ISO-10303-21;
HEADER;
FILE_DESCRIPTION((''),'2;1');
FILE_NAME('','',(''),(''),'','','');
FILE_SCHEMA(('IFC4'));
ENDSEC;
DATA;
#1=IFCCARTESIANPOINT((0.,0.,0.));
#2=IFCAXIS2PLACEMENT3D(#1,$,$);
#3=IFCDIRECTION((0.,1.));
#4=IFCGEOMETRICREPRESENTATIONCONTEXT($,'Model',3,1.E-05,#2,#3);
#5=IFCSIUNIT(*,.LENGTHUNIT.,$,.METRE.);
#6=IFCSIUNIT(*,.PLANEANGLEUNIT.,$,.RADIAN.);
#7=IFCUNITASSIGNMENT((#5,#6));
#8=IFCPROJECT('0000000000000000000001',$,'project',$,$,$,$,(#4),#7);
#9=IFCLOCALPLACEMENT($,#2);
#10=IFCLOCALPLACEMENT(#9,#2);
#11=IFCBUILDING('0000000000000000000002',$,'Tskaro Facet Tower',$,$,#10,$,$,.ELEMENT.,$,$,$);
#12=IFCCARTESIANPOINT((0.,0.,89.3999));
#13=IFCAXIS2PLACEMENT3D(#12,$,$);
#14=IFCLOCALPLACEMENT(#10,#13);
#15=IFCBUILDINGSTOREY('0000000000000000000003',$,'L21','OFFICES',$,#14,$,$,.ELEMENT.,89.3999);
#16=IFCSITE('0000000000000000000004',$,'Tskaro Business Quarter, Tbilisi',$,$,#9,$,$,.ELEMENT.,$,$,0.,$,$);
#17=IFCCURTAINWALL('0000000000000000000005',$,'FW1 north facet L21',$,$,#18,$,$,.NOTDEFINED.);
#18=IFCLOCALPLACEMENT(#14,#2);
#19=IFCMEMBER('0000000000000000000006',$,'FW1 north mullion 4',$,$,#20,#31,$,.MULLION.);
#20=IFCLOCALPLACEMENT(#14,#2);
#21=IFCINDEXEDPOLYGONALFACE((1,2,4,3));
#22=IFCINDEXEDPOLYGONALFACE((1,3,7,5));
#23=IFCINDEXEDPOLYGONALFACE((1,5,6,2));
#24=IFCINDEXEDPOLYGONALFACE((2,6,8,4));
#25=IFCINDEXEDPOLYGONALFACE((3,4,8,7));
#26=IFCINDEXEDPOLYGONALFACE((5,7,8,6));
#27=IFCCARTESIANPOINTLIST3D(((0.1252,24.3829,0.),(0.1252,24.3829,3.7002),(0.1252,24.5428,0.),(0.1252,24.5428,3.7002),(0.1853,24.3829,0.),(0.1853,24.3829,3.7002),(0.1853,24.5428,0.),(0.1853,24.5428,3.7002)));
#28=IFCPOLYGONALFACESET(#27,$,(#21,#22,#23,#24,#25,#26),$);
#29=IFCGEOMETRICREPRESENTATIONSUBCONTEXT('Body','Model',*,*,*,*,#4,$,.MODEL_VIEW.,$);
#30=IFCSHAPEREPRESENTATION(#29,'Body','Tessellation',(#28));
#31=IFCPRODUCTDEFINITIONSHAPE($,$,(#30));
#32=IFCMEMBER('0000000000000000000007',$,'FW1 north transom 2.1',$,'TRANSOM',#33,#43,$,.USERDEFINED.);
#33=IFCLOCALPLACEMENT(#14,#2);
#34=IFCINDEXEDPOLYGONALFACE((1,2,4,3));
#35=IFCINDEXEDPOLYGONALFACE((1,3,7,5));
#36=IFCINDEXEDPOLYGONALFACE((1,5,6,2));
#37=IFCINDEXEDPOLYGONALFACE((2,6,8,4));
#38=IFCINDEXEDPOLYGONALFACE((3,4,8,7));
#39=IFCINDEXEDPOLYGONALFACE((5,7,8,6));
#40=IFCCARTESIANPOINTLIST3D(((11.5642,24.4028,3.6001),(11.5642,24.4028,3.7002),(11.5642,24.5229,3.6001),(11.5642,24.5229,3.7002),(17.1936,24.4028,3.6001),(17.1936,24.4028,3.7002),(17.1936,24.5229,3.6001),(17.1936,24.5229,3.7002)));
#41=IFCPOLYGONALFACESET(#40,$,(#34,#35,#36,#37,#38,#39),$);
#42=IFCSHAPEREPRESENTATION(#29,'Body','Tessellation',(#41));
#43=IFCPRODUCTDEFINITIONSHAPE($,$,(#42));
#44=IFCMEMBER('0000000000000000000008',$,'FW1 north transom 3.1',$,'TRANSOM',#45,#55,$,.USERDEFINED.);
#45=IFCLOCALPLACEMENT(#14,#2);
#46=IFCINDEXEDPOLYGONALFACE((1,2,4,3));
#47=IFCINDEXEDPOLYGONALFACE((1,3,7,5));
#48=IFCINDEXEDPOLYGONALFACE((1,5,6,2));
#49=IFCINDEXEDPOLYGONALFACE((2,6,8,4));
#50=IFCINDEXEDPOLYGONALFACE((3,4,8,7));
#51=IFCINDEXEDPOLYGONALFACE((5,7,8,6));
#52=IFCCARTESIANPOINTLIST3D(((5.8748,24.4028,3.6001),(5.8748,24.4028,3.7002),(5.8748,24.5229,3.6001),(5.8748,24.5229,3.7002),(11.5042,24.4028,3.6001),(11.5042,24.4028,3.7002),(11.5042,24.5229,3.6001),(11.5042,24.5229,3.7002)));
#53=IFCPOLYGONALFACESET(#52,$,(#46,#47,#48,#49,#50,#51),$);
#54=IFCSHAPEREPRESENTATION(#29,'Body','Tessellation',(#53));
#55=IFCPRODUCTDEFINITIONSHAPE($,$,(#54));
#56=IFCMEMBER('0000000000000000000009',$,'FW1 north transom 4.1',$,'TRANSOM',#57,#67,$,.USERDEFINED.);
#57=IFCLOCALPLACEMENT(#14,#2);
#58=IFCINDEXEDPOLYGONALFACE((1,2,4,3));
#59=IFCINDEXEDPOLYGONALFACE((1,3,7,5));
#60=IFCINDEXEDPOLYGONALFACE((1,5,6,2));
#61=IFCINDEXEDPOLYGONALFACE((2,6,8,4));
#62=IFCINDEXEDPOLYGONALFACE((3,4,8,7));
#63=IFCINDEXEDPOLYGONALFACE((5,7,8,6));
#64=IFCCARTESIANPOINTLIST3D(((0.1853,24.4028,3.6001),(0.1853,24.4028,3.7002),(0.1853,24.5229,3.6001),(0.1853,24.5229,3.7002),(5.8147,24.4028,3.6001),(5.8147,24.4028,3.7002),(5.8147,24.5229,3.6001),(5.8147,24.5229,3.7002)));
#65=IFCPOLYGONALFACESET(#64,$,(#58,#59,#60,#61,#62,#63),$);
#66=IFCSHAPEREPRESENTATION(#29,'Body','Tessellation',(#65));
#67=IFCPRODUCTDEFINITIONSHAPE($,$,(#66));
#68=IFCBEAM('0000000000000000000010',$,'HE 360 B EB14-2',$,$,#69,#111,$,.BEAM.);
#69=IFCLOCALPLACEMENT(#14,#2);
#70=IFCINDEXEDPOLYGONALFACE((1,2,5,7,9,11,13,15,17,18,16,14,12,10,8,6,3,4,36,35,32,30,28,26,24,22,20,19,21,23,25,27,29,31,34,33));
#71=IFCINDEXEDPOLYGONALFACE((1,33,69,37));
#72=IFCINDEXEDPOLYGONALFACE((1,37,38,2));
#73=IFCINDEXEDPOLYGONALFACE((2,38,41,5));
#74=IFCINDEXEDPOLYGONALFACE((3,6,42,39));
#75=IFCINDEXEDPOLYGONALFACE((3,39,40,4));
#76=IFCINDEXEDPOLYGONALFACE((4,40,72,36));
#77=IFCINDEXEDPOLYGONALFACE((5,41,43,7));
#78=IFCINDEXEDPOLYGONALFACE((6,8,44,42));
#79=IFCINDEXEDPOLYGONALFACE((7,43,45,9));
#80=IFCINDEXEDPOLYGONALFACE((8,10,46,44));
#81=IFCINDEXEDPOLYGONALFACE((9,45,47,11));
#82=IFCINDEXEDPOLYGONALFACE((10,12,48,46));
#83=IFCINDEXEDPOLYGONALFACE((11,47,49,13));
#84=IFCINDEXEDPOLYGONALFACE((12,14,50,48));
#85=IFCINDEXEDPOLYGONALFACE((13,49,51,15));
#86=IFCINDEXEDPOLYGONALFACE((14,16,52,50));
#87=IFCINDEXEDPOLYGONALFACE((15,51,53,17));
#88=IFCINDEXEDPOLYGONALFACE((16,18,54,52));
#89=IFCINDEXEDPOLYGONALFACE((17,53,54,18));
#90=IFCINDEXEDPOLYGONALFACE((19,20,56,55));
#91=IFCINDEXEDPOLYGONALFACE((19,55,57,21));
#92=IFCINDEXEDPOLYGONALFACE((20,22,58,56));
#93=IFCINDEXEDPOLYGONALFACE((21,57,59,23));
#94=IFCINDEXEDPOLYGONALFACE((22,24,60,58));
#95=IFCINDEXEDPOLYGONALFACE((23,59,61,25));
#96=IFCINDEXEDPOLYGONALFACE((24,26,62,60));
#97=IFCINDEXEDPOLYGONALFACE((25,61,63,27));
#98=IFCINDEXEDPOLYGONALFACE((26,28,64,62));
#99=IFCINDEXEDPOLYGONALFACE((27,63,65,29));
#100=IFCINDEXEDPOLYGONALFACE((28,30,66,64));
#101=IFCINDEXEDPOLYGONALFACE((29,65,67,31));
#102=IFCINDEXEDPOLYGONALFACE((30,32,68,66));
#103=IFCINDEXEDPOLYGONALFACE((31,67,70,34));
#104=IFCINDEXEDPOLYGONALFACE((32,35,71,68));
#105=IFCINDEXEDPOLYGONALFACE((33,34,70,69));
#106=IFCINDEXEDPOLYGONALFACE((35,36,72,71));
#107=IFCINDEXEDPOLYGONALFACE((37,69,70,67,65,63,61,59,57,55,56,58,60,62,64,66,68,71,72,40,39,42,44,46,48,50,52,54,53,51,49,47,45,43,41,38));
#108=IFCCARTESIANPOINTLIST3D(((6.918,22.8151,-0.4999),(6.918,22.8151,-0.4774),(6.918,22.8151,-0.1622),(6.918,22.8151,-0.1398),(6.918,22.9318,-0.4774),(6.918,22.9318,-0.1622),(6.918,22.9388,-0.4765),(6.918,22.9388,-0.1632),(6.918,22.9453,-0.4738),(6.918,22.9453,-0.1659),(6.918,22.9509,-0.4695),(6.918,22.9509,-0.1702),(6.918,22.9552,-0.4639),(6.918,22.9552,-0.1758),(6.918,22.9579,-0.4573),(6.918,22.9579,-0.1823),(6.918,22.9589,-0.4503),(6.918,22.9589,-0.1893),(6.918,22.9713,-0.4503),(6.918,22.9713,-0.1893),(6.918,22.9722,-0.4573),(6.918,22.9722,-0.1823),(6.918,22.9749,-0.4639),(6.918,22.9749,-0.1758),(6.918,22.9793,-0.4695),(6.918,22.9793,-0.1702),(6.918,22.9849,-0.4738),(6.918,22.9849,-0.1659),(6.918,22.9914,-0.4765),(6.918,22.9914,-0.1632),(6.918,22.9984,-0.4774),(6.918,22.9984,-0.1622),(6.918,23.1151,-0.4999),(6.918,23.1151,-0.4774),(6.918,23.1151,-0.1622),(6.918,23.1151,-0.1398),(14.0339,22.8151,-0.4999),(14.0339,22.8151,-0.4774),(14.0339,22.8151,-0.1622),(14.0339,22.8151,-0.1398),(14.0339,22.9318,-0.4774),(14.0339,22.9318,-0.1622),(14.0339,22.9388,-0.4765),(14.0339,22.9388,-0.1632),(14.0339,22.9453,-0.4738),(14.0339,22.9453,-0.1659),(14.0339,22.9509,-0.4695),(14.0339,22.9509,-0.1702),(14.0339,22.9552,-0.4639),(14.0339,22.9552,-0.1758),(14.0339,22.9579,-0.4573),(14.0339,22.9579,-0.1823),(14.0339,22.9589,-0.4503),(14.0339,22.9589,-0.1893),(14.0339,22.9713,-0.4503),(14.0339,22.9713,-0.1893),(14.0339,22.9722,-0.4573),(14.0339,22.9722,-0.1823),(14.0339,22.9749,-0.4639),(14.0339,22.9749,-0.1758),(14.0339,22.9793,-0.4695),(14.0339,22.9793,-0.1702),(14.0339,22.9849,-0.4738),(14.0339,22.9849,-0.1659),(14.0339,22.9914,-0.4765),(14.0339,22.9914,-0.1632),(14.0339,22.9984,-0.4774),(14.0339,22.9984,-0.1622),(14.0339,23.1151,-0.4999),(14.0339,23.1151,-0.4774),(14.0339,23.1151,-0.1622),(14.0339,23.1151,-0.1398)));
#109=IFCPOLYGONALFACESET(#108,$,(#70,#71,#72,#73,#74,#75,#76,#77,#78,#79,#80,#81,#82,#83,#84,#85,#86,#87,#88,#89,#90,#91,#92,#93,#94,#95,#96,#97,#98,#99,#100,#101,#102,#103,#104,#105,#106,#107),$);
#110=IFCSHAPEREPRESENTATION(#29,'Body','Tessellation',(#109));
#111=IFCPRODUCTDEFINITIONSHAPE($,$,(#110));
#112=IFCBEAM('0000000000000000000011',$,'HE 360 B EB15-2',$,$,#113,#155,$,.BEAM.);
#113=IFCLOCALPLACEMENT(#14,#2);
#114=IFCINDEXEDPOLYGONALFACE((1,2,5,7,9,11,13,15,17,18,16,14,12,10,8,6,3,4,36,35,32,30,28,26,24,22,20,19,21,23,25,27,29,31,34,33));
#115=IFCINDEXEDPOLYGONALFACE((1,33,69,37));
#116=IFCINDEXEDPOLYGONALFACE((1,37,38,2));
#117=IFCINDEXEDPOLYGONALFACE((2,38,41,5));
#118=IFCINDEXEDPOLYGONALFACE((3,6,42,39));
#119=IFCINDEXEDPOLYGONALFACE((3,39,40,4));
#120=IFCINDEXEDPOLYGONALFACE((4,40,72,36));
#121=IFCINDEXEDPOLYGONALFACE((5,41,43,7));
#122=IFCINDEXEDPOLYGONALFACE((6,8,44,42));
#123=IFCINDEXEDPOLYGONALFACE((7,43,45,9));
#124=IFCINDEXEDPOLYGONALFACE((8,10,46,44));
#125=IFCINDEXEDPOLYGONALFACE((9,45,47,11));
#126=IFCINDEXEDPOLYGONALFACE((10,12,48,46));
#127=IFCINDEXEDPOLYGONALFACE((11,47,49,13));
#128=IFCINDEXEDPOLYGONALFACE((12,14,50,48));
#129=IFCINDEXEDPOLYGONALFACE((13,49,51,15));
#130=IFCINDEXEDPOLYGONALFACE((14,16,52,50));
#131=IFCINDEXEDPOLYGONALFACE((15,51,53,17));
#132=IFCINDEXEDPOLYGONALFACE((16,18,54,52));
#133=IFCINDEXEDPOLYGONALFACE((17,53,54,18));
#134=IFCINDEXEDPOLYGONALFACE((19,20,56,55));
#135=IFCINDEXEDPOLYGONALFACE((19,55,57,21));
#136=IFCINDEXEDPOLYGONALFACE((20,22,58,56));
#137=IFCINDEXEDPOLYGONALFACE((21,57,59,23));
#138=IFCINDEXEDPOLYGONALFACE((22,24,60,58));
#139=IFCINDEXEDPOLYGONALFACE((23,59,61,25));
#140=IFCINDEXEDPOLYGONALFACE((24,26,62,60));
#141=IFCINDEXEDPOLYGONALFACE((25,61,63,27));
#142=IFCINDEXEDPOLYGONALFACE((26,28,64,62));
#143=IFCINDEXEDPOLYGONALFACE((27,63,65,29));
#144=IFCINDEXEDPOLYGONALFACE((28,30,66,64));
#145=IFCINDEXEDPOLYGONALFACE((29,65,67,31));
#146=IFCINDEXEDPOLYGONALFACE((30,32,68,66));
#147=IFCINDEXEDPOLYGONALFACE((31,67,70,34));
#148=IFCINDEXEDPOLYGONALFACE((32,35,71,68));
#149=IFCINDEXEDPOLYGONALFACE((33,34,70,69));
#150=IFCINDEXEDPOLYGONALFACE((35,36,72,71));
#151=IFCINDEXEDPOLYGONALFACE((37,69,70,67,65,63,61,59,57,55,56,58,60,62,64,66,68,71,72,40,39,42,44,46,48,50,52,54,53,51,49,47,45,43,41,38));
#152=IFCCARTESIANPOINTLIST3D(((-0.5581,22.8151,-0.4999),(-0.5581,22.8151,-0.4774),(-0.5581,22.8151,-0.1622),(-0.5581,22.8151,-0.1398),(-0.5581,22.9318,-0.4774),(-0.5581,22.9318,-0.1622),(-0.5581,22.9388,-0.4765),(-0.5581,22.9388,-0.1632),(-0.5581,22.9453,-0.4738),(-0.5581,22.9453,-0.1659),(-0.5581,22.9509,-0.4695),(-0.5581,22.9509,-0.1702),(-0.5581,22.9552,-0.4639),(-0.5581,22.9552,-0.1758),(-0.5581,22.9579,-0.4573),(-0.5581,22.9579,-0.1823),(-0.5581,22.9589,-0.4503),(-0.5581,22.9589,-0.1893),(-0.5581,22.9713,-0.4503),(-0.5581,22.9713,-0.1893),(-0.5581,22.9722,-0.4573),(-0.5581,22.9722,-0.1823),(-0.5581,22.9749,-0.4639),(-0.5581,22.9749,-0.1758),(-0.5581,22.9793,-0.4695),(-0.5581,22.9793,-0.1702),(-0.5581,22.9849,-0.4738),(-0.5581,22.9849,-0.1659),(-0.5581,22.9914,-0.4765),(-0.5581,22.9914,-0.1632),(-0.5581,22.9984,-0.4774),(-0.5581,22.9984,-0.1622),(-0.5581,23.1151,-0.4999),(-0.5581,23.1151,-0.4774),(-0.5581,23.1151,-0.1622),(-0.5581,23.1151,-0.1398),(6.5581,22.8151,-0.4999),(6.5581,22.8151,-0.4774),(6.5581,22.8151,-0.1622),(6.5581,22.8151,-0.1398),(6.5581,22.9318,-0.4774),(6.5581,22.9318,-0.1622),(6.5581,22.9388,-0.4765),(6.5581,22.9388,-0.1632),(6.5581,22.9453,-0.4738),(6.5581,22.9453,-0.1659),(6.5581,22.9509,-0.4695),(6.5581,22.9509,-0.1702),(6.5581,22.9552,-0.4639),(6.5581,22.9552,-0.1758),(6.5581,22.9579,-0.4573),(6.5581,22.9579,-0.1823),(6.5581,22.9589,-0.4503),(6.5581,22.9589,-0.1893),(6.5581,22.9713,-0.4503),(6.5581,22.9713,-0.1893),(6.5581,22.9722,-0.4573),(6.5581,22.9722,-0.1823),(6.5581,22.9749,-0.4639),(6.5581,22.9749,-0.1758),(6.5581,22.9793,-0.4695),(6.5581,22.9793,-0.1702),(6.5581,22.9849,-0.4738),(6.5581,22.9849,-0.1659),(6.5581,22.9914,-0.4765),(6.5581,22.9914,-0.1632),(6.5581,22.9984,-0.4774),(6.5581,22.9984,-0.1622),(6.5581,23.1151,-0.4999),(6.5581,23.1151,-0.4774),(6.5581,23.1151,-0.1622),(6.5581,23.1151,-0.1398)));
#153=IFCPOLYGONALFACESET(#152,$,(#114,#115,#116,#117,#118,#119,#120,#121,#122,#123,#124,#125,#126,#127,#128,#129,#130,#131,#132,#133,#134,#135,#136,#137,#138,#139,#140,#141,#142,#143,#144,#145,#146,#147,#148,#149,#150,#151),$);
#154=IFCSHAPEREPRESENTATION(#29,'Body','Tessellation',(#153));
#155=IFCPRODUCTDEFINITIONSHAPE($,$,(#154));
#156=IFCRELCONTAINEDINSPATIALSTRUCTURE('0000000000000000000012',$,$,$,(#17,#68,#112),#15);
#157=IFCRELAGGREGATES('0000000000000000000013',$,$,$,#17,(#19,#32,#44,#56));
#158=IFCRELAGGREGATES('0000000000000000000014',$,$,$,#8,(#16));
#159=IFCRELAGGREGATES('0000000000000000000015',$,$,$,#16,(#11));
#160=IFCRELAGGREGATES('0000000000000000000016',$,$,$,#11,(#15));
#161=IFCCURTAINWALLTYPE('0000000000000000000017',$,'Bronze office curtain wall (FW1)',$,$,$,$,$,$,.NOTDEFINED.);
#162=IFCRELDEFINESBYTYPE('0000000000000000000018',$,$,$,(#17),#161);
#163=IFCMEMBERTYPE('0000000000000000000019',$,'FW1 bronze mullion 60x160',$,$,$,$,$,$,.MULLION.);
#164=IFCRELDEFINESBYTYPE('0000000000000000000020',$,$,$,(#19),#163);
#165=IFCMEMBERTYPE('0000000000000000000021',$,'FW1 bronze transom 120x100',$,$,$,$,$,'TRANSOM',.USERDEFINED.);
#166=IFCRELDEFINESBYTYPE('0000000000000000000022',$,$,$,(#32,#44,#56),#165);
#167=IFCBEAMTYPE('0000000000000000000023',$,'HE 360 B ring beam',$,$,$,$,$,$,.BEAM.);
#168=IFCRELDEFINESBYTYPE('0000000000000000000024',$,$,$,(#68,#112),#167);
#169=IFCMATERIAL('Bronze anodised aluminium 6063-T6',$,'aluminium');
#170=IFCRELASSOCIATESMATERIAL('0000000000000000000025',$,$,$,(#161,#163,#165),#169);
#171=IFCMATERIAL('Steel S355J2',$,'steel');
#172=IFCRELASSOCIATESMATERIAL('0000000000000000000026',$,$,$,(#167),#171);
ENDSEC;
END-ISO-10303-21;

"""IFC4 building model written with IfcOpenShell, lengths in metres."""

from ifc_helpers import new_model, si_unit, direction, frame, origin, origin_2d, place, context, subcontext, project, spatial, rectangle, i_section, extrude, material, material_profile, profile_set, type_object, element, aggregate, save


model = new_model("IFC4")

# Units and contexts
model_context = context("Model", 3, precision=1e-05, world=origin(), true_north=direction((0.0, 1.0)))
body_context = subcontext(model_context, "Body", "Model", "MODEL_VIEW")
ifc_project = project(units=[si_unit("LENGTHUNIT", "METRE"), si_unit("PLANEANGLEUNIT", "RADIAN")], contexts=[model_context])

# Site, building, storey
site_placement = place(None, origin())
site = spatial("IfcSite", under=ifc_project, at=site_placement, Name="Tskaro Business Quarter, Tbilisi", CompositionType="ELEMENT", RefElevation=0.0)
building_placement = place(site_placement, origin())
building = spatial("IfcBuilding", under=site, at=building_placement, Name="Tskaro Facet Tower", CompositionType="ELEMENT")
storey_placement = place(building_placement, frame((0.0, 0.0, 89.3999)))
storey = spatial("IfcBuildingStorey", under=building, at=storey_placement, Name="L21", Description="OFFICES", CompositionType="ELEMENT", Elevation=89.3999)

# Curtain wall, members
ifc_material_1 = material(Name="Bronze anodised aluminium 6063-T6", Category="aluminium")
curtain_wall_type = type_object("IfcCurtainWallType", Name="Bronze office curtain wall (FW1)", PredefinedType="NOTDEFINED", material=ifc_material_1)
curtain_wall_placement = place(storey_placement, origin())
curtain_wall = element("IfcCurtainWall", 1, at=curtain_wall_placement, inside=storey, type_object=curtain_wall_type, Name="FW1 north facet L21", PredefinedType="NOTDEFINED")
ifc_material_profile_1 = material_profile(ifc_material_1, rectangle(XDim=0.0601, YDim=0.1599, at=origin_2d()), Name="Mullion 60x160")
ifc_profile_set_1 = profile_set([ifc_material_profile_1], Name="Bronze anodised aluminium 6063-T6")
member_type_1 = type_object("IfcMemberType", Name="FW1 bronze mullion 60x160", PredefinedType="MULLION", material=ifc_profile_set_1)
member_1_placement = place(storey_placement, frame((0.1553, 24.4629, 0.0), z_axis=(0.0, 0.0, 1.0), x_axis=(-1.0, 0.0, 0.0)))
member_1 = element("IfcMember", 2, at=member_1_placement, type_object=member_type_1, Name="FW1 north mullion 4", PredefinedType="MULLION", context=body_context, shape_type="SweptSolid", body=[
    extrude(rectangle(XDim=0.0601, YDim=0.1599, at=origin_2d()), origin(), (0.0, 0.0, 1.0), 3.7002),
])
ifc_material_profile_2 = material_profile(ifc_material_1, rectangle(XDim=0.1201, YDim=0.1001, at=origin_2d()), Name="Transom 120x100")
ifc_profile_set_2 = profile_set([ifc_material_profile_2], Name="Bronze anodised aluminium 6063-T6")
member_type_2 = type_object("IfcMemberType", Name="FW1 bronze transom 120x100", ElementType="TRANSOM", PredefinedType="USERDEFINED", material=ifc_profile_set_2)
member_2_placement = place(storey_placement, frame((17.1936, 24.4629, 3.6501), z_axis=(-1.0, 0.0, 0.0), x_axis=(0.0, -1.0, 0.0)))
member_2 = element("IfcMember", 3, at=member_2_placement, type_object=member_type_2, Name="FW1 north transom 2.1", ObjectType="TRANSOM", PredefinedType="USERDEFINED", context=body_context, shape_type="SweptSolid", body=[
    extrude(rectangle(XDim=0.1201, YDim=0.1001, at=origin_2d()), origin(), (0.0, 0.0, 1.0), 5.6294),
])
member_3_placement = place(storey_placement, frame((11.5042, 24.4629, 3.6501), z_axis=(-1.0, 0.0, 0.0), x_axis=(0.0, -1.0, 0.0)))
member_3 = element("IfcMember", 4, at=member_3_placement, type_object=member_type_2, Name="FW1 north transom 3.1", ObjectType="TRANSOM", PredefinedType="USERDEFINED", context=body_context, shape_type="SweptSolid", body=[
    extrude(rectangle(XDim=0.1201, YDim=0.1001, at=origin_2d()), origin(), (0.0, 0.0, 1.0), 5.6294),
])
member_4_placement = place(storey_placement, frame((5.8147, 24.4629, 3.6501), z_axis=(-1.0, 0.0, 0.0), x_axis=(0.0, -1.0, 0.0)))
member_4 = element("IfcMember", 5, at=member_4_placement, type_object=member_type_2, Name="FW1 north transom 4.1", ObjectType="TRANSOM", PredefinedType="USERDEFINED", context=body_context, shape_type="SweptSolid", body=[
    extrude(rectangle(XDim=0.1201, YDim=0.1001, at=origin_2d()), origin(), (0.0, 0.0, 1.0), 5.6294),
])

# Beams
ifc_material_2 = material(Name="Steel S355J2", Category="steel")
ifc_material_profile_3 = material_profile(ifc_material_2, i_section(OverallWidth=0.3, OverallDepth=0.3601, WebThickness=0.0125, FlangeThickness=0.0225, FilletRadius=0.0271, at=origin_2d()), Name="HE 360 B")
ifc_profile_set_3 = profile_set([ifc_material_profile_3], Name="Steel S355J2")
beam_type_1 = type_object("IfcBeamType", Name="HE 360 B ring beam", PredefinedType="BEAM", material=ifc_profile_set_3)
beam_1_placement = place(storey_placement, frame((14.0339, 22.9651, -0.3198), z_axis=(-1.0, 0.0, 0.0), x_axis=(0.0, -1.0, 0.0)))
element("IfcBeam", 6, at=beam_1_placement, inside=storey, type_object=beam_type_1, Name="HE 360 B EB14-2", PredefinedType="BEAM", context=body_context, shape_type="SweptSolid", body=[
    extrude(i_section(OverallWidth=0.3, OverallDepth=0.3601, WebThickness=0.0125, FlangeThickness=0.0225, FilletRadius=0.0271, at=origin_2d()), origin(), (0.0, 0.0, 1.0), 7.116),
])
beam_2_placement = place(storey_placement, frame((6.5581, 22.9651, -0.3198), z_axis=(-1.0, 0.0, 0.0), x_axis=(0.0, -1.0, 0.0)))
element("IfcBeam", 7, at=beam_2_placement, inside=storey, type_object=beam_type_1, Name="HE 360 B EB15-2", PredefinedType="BEAM", context=body_context, shape_type="SweptSolid", body=[
    extrude(i_section(OverallWidth=0.3, OverallDepth=0.3601, WebThickness=0.0125, FlangeThickness=0.0225, FilletRadius=0.0271, at=origin_2d()), origin(), (0.0, 0.0, 1.0), 7.1162),
])

aggregate(curtain_wall, [member_1, member_2, member_3, member_4])

save(model, "model.ifc")
